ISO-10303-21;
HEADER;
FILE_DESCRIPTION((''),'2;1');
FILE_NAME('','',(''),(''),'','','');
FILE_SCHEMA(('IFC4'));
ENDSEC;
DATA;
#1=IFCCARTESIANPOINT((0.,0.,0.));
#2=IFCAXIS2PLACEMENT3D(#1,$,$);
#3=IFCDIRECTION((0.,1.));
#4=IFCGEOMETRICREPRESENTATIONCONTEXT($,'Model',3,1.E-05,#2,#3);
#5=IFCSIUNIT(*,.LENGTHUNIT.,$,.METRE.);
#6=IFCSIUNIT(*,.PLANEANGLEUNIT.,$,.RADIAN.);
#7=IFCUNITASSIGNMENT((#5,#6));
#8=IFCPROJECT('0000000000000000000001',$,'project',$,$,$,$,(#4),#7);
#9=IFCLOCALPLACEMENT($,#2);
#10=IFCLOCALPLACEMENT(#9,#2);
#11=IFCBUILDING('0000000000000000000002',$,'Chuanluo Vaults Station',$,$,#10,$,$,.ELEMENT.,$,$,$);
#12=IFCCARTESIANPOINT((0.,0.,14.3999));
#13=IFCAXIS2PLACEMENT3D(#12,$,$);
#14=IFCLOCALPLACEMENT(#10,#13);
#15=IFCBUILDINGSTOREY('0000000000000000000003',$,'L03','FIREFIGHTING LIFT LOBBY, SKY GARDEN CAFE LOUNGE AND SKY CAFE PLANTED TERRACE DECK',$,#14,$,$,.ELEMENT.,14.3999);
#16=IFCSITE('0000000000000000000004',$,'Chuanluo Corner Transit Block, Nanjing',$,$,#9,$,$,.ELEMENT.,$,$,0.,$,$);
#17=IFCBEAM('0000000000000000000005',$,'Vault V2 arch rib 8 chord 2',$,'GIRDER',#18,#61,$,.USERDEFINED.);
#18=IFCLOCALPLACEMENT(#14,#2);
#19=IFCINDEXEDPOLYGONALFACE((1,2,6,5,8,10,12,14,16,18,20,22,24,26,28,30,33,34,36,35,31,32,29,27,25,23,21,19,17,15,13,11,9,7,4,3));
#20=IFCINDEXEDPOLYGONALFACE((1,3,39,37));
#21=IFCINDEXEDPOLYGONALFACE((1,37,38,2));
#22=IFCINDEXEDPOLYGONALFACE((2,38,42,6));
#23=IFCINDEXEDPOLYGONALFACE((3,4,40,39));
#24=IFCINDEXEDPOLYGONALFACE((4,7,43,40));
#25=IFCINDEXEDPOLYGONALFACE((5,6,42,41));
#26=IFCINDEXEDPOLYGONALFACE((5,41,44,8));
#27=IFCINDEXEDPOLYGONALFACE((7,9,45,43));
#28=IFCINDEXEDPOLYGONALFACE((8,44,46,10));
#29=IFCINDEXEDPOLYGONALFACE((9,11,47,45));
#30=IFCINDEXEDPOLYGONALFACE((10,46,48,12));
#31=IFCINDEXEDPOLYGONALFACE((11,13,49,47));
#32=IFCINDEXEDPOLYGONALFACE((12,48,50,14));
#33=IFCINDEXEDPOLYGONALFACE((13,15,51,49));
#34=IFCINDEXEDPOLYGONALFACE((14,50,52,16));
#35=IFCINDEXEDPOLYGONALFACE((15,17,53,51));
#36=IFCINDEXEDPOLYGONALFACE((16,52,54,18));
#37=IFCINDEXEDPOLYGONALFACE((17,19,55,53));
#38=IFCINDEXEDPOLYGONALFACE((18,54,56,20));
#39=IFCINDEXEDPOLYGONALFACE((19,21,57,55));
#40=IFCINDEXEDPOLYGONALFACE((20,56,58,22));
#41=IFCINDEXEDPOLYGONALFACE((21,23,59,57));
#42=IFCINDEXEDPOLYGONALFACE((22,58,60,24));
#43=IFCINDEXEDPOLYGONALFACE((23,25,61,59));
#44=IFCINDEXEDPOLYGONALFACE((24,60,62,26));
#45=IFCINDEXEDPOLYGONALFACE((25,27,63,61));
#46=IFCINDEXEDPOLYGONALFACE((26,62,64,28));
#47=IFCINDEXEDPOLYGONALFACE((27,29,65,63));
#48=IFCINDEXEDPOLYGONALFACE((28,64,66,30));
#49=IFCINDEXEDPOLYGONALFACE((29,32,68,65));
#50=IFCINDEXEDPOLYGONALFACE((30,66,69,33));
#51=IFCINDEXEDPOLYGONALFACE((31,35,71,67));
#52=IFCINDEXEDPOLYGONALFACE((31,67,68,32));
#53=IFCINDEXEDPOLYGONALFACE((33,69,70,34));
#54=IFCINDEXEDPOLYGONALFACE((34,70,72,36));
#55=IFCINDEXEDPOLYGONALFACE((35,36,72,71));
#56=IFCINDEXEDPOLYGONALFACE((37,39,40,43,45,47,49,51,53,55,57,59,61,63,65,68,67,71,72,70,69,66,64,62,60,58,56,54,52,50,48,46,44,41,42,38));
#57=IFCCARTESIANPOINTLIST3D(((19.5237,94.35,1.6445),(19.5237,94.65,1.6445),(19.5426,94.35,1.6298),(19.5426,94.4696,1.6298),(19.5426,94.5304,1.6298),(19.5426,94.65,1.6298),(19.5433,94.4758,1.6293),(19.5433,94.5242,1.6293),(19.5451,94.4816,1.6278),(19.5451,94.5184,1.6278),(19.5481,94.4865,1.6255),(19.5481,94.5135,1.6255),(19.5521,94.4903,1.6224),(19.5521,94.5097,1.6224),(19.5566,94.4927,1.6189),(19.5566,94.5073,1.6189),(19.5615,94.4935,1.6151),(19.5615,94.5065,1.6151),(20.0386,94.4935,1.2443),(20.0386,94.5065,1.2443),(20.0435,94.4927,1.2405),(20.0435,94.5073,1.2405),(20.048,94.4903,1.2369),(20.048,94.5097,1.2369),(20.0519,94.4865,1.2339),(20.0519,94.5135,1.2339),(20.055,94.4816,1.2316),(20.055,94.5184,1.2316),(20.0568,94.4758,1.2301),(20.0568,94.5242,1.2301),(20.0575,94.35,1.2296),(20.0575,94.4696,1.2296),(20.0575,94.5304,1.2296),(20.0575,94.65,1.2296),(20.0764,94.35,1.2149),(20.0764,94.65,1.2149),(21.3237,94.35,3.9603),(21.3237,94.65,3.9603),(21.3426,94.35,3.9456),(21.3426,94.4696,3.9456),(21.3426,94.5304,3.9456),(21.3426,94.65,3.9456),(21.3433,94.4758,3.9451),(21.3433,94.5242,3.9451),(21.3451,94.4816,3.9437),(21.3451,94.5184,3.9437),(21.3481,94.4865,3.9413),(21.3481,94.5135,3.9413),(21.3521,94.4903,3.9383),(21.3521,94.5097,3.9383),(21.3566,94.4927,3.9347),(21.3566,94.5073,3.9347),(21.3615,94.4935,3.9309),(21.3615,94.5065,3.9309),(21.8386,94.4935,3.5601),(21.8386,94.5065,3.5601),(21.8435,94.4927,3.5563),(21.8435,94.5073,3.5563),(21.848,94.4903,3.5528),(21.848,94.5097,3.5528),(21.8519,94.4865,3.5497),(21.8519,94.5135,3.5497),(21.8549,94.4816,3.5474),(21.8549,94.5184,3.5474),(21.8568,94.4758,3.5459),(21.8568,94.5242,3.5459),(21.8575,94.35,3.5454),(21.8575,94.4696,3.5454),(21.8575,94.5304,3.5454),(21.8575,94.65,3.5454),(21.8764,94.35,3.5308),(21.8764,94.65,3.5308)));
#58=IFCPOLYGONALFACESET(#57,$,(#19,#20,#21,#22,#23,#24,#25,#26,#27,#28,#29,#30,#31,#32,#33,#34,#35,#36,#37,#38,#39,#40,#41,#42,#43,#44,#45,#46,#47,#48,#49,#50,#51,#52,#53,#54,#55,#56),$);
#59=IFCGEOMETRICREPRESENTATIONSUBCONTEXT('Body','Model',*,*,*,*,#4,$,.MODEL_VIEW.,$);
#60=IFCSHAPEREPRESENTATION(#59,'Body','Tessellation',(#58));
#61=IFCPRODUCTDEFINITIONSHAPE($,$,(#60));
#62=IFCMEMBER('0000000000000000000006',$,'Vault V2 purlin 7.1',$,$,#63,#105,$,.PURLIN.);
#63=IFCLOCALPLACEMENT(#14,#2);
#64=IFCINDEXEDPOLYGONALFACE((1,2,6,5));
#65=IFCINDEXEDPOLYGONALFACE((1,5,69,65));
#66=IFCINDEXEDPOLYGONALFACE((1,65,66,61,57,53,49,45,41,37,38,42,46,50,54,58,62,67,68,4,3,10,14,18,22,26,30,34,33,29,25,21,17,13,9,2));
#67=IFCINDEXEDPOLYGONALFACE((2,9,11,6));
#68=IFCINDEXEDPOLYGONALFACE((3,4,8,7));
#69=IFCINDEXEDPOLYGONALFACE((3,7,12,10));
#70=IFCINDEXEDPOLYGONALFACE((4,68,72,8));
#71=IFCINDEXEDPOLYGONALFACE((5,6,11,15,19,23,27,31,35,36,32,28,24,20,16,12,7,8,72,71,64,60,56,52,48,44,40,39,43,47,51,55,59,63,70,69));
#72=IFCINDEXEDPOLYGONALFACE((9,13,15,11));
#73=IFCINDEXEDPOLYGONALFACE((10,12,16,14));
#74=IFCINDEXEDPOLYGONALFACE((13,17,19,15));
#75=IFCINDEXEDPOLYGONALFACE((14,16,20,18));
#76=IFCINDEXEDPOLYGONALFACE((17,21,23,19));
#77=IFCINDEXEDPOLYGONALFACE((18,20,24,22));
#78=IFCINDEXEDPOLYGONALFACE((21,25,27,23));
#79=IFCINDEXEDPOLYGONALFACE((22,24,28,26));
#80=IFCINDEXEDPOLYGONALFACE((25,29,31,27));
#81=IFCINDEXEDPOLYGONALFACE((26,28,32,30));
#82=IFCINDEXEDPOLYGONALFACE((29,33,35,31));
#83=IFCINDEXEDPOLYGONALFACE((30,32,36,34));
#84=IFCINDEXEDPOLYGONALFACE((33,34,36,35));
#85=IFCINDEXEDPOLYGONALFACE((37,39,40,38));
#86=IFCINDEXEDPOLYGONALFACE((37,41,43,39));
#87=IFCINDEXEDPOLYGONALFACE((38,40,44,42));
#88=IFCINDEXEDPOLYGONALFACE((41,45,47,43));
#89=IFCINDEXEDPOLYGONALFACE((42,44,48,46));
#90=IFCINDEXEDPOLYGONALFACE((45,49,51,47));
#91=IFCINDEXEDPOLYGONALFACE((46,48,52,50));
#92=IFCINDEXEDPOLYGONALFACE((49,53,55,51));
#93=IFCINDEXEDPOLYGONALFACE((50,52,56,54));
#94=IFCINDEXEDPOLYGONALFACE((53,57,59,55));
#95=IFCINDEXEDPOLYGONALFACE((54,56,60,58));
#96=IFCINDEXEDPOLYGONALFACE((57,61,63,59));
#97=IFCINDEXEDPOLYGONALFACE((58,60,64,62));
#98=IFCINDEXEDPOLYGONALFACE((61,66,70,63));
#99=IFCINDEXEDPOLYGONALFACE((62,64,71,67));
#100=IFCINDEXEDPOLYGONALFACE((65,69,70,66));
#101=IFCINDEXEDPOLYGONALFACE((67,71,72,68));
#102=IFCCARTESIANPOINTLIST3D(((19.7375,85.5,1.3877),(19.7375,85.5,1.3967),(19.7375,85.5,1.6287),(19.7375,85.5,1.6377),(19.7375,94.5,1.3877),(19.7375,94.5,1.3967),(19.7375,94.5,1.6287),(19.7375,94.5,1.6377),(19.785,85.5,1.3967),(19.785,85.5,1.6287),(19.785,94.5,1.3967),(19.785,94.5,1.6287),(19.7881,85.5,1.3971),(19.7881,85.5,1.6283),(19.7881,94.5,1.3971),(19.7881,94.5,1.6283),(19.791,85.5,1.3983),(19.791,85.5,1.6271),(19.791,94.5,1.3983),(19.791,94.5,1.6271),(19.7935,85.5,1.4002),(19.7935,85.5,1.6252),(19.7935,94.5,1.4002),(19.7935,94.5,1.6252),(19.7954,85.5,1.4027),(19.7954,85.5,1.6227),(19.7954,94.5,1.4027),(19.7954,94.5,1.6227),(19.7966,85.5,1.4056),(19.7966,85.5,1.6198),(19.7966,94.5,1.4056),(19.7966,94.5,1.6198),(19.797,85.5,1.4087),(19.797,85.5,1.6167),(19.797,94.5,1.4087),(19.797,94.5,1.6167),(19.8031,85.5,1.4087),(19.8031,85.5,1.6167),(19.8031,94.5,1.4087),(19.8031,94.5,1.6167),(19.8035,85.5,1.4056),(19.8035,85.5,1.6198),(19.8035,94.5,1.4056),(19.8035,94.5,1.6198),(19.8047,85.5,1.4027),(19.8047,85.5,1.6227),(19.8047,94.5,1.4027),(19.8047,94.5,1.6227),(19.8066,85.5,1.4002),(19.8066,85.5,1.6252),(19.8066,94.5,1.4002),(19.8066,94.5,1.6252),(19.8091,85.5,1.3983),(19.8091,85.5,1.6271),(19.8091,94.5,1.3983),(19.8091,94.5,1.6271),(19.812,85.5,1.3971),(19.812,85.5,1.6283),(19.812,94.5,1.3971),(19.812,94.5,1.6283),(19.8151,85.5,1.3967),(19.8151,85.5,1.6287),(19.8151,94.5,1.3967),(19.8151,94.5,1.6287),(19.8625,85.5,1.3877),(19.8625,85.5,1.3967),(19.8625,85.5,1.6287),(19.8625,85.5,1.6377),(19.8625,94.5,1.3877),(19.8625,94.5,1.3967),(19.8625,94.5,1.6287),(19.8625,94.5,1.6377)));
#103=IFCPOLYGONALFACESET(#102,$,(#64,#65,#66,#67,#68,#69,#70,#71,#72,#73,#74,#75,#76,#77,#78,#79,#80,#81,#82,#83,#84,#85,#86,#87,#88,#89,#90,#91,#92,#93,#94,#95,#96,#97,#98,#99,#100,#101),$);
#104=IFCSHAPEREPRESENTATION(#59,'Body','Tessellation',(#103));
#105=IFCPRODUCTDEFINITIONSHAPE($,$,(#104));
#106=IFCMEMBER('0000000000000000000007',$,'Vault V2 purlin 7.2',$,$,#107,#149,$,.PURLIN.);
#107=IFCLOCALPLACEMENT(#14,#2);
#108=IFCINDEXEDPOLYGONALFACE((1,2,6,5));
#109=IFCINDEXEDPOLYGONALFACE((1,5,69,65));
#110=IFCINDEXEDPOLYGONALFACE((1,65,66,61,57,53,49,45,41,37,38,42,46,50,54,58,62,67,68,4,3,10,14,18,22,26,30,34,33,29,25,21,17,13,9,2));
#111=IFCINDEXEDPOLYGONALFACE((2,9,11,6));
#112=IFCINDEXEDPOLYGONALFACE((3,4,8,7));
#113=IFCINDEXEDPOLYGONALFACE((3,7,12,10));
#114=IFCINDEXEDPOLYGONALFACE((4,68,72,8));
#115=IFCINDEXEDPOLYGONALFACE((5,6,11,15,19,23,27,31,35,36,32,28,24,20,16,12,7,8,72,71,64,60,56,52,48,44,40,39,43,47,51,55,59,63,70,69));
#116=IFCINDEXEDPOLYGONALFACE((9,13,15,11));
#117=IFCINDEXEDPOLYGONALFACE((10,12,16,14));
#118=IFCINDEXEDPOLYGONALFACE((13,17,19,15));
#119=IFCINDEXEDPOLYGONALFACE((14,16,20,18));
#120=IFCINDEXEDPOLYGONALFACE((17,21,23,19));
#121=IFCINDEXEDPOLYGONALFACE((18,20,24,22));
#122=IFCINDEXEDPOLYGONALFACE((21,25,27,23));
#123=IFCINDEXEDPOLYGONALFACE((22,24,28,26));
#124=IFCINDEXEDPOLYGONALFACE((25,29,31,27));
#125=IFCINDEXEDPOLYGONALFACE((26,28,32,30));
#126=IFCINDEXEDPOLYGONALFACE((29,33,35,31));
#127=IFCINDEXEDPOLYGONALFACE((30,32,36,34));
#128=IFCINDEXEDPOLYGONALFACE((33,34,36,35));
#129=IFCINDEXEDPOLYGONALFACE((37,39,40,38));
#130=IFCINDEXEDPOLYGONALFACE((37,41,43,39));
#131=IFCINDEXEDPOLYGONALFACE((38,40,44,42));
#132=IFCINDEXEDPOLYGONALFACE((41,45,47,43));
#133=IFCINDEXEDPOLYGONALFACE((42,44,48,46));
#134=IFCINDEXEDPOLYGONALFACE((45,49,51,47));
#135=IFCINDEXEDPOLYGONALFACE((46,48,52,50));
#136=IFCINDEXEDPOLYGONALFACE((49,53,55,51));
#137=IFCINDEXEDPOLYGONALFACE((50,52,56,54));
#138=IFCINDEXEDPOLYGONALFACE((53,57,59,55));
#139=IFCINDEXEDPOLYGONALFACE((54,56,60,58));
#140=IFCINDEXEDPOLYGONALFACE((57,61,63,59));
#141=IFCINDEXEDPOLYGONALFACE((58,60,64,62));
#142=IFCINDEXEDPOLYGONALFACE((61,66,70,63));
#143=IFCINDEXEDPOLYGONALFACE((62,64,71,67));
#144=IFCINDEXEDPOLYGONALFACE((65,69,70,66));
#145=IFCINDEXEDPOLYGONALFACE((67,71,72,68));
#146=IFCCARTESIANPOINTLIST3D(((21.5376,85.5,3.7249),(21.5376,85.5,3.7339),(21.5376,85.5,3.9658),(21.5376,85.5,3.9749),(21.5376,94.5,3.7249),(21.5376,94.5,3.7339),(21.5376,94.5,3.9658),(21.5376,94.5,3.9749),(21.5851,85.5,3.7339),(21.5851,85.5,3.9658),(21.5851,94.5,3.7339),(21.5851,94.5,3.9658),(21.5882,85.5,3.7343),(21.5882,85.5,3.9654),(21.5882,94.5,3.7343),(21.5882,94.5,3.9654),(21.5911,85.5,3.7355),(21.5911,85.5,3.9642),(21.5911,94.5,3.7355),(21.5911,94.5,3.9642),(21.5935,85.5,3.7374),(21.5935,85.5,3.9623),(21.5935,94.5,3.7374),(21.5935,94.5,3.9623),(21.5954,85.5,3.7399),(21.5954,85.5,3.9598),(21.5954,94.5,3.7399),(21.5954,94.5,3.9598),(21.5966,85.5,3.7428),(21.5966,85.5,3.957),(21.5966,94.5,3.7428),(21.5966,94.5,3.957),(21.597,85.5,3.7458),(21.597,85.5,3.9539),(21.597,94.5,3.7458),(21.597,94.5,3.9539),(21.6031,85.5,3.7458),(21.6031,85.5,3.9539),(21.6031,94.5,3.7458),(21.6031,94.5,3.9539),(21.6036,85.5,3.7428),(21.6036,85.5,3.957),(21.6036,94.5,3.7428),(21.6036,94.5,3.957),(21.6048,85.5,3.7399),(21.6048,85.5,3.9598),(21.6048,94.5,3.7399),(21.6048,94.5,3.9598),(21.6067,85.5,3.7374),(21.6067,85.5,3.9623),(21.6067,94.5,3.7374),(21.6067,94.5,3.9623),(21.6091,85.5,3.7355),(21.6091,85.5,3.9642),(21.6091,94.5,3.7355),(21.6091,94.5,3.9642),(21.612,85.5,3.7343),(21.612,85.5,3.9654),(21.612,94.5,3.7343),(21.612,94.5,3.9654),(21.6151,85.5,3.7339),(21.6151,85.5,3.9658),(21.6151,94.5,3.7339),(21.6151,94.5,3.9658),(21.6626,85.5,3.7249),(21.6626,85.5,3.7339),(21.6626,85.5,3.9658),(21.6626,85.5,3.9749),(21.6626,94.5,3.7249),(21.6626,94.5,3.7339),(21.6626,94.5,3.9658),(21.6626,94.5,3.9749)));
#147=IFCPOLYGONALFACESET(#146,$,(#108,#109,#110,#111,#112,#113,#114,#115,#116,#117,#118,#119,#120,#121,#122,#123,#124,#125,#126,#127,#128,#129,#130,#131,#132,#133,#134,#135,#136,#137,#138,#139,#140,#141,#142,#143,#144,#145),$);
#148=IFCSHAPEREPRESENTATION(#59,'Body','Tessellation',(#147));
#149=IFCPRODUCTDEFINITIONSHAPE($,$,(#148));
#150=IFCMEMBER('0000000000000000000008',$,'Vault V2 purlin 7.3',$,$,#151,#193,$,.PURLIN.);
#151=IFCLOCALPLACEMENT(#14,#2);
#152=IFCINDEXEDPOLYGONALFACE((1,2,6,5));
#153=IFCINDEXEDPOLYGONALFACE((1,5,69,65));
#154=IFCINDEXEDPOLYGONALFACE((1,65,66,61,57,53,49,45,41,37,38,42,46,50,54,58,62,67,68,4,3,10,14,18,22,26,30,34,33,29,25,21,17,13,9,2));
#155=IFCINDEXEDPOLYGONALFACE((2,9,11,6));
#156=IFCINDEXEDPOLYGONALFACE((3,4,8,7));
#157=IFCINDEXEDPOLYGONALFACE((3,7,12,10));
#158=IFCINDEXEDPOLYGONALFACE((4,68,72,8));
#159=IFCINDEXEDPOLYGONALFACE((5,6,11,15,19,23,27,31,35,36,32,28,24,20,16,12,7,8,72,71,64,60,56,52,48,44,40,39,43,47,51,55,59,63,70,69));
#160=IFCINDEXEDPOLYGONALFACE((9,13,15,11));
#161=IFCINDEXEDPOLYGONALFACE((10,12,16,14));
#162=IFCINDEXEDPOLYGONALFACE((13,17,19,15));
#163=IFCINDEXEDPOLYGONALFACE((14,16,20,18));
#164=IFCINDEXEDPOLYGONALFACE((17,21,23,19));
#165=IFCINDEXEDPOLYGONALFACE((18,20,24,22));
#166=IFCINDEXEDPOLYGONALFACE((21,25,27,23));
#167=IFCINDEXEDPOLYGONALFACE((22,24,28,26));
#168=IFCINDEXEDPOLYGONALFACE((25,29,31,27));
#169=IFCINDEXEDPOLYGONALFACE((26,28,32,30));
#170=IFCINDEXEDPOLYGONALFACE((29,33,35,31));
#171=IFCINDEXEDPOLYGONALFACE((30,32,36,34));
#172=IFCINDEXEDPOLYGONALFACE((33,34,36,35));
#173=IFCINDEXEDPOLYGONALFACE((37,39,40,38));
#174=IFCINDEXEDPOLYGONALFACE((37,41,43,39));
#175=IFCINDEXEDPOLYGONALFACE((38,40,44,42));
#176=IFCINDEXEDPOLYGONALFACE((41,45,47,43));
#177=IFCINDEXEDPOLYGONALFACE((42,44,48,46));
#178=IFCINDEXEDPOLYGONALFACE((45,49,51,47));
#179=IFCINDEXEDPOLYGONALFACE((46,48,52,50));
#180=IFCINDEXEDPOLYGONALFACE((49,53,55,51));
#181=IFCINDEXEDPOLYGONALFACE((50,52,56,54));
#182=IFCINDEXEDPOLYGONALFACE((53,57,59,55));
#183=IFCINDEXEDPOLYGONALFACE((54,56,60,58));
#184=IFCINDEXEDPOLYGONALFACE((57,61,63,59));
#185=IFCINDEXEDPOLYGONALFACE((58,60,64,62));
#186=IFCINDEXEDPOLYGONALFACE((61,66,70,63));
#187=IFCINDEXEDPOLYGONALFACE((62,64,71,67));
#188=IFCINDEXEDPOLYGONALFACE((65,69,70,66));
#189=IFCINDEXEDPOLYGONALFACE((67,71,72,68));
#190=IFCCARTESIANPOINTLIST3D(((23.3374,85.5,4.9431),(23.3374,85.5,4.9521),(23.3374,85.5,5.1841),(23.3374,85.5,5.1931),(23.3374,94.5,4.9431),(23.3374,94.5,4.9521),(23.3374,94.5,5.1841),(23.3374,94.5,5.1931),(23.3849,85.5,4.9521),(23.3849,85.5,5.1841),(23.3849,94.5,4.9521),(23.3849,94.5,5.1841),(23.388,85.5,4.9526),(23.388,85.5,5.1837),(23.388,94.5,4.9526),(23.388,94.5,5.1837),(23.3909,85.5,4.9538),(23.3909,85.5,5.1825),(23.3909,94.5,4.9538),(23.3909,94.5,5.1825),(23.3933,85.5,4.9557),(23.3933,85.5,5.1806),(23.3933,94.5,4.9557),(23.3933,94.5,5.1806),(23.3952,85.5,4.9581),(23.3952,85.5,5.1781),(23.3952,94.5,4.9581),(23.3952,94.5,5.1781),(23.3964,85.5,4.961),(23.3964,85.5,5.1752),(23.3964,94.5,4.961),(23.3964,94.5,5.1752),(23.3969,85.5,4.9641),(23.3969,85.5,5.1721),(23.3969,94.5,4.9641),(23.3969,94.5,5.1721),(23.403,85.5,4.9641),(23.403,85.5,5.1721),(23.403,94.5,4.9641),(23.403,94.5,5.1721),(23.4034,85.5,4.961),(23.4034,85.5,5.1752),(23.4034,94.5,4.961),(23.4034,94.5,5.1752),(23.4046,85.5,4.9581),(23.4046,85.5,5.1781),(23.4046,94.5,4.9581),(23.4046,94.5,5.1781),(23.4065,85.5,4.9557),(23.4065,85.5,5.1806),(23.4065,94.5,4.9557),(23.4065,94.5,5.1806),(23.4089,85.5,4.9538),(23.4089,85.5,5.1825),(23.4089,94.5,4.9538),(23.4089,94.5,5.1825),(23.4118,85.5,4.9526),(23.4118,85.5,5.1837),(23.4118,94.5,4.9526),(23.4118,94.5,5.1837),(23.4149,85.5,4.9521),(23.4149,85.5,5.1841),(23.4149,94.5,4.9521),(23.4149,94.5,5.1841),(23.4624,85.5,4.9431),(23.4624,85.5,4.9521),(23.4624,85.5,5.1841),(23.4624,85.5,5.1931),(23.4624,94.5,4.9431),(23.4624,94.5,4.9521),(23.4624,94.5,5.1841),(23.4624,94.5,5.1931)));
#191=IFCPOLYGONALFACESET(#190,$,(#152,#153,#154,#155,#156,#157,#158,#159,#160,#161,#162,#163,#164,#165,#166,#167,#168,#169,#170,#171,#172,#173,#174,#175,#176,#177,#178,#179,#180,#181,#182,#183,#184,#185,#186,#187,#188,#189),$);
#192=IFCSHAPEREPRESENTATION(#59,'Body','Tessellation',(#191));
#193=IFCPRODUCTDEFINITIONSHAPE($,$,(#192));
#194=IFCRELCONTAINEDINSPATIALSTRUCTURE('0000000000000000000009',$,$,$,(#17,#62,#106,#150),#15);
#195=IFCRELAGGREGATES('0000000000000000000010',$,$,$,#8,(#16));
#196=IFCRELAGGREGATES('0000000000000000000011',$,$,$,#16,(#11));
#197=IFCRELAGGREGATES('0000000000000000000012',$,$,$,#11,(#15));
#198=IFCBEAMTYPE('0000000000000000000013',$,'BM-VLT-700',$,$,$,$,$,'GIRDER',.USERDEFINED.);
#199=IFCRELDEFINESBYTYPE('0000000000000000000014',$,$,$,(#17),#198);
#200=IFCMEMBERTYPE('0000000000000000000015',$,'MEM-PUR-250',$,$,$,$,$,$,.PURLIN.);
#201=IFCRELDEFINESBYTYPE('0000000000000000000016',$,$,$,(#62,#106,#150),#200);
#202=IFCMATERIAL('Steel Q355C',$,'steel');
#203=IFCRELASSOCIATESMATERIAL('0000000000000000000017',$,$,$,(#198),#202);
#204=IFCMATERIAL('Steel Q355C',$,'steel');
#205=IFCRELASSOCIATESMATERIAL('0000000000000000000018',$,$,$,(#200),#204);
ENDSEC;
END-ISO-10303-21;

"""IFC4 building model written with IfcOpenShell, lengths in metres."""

from ifc_helpers import new_model, si_unit, direction, frame, origin, origin_2d, place, context, subcontext, project, spatial, i_section, extrude, material, material_profile, profile_set, type_object, element, save


model = new_model("IFC4")

# Units and contexts
model_context = context("Model", 3, precision=1e-05, world=origin(), true_north=direction((0.0, 1.0)))
body_context = subcontext(model_context, "Body", "Model", "MODEL_VIEW")
ifc_project = project(units=[si_unit("LENGTHUNIT", "METRE"), si_unit("PLANEANGLEUNIT", "RADIAN")], contexts=[model_context])

# Site, building, storey
site_placement = place(None, origin())
site = spatial("IfcSite", under=ifc_project, at=site_placement, Name="Chuanluo Corner Transit Block, Nanjing", CompositionType="ELEMENT", RefElevation=0.0)
building_placement = place(site_placement, origin())
building = spatial("IfcBuilding", under=site, at=building_placement, Name="Chuanluo Vaults Station", CompositionType="ELEMENT")
storey_placement = place(building_placement, frame((0.0, 0.0, 14.3999)))
storey = spatial("IfcBuildingStorey", under=building, at=storey_placement, Name="L03", Description="FIREFIGHTING LIFT LOBBY, SKY GARDEN CAFE LOUNGE AND SKY CAFE PLANTED TERRACE DECK", CompositionType="ELEMENT", Elevation=14.3999)

# Beam
ifc_material_1 = material(Name="Steel Q355C", Category="steel")
ifc_material_profile_1 = material_profile(ifc_material_1, i_section(OverallWidth=0.3, OverallDepth=0.7, WebThickness=0.0129, FlangeThickness=0.0239, FilletRadius=0.0239, at=origin_2d()))
ifc_profile_set_1 = profile_set([ifc_material_profile_1], Name="Steel Q355C")
beam_type_1 = type_object("IfcBeamType", Name="BM-VLT-700", ElementType="GIRDER", PredefinedType="USERDEFINED", material=ifc_profile_set_1)
beam_1_placement = place(storey_placement, frame((19.8, 94.5, 1.4297), z_axis=(0.613681, 0.0, 0.789554), x_axis=(0.0, 1.0, 0.0)))
element("IfcBeam", 1, at=beam_1_placement, inside=storey, type_object=beam_type_1, Name="Vault V2 arch rib 8 chord 2", ObjectType="GIRDER", PredefinedType="USERDEFINED", context=body_context, shape_type="SweptSolid", body=[
    extrude(i_section(OverallWidth=0.3, OverallDepth=0.7, WebThickness=0.0129, FlangeThickness=0.0239, FilletRadius=0.0239, at=origin_2d()), origin(), (0.0, 0.0, 1.0), 2.9331),
])

# Members
ifc_material_2 = material(Name="Steel Q355C", Category="steel")
ifc_material_profile_2 = material_profile(ifc_material_2, i_section(OverallWidth=0.125, OverallDepth=0.25, WebThickness=0.0061, FlangeThickness=0.009, FilletRadius=0.012, at=origin_2d()))
ifc_profile_set_2 = profile_set([ifc_material_profile_2], Name="Steel Q355C")
member_type_1 = type_object("IfcMemberType", Name="MEM-PUR-250", PredefinedType="PURLIN", material=ifc_profile_set_2)
for number, where, z_axis, x_axis, name in (
    (2, (19.8, 85.5, 1.5127), (0.0, 1.0, 0.0), (-1.0, 0.0, 0.0), "Vault V2 purlin 7.1"),
    (3, (21.6001, 85.5, 3.8499), (0.0, 1.0, 0.0), (-1.0, 0.0, 0.0), "Vault V2 purlin 7.2"),
    (4, (23.3999, 85.5, 5.0681), (0.0, 1.0, 0.0), (-1.0, 0.0, 0.0), "Vault V2 purlin 7.3"),
):
    element("IfcMember", number, at=place(storey_placement, frame(where, z_axis=z_axis, x_axis=x_axis)), inside=storey, type_object=member_type_1, Name=name, PredefinedType="PURLIN", context=body_context, shape_type="SweptSolid", body=[
        extrude(i_section(OverallWidth=0.125, OverallDepth=0.25, WebThickness=0.0061, FlangeThickness=0.009, FilletRadius=0.012, at=origin_2d()), origin(), (0.0, 0.0, 1.0), 9.0),
    ])

save(model, "model.ifc")
